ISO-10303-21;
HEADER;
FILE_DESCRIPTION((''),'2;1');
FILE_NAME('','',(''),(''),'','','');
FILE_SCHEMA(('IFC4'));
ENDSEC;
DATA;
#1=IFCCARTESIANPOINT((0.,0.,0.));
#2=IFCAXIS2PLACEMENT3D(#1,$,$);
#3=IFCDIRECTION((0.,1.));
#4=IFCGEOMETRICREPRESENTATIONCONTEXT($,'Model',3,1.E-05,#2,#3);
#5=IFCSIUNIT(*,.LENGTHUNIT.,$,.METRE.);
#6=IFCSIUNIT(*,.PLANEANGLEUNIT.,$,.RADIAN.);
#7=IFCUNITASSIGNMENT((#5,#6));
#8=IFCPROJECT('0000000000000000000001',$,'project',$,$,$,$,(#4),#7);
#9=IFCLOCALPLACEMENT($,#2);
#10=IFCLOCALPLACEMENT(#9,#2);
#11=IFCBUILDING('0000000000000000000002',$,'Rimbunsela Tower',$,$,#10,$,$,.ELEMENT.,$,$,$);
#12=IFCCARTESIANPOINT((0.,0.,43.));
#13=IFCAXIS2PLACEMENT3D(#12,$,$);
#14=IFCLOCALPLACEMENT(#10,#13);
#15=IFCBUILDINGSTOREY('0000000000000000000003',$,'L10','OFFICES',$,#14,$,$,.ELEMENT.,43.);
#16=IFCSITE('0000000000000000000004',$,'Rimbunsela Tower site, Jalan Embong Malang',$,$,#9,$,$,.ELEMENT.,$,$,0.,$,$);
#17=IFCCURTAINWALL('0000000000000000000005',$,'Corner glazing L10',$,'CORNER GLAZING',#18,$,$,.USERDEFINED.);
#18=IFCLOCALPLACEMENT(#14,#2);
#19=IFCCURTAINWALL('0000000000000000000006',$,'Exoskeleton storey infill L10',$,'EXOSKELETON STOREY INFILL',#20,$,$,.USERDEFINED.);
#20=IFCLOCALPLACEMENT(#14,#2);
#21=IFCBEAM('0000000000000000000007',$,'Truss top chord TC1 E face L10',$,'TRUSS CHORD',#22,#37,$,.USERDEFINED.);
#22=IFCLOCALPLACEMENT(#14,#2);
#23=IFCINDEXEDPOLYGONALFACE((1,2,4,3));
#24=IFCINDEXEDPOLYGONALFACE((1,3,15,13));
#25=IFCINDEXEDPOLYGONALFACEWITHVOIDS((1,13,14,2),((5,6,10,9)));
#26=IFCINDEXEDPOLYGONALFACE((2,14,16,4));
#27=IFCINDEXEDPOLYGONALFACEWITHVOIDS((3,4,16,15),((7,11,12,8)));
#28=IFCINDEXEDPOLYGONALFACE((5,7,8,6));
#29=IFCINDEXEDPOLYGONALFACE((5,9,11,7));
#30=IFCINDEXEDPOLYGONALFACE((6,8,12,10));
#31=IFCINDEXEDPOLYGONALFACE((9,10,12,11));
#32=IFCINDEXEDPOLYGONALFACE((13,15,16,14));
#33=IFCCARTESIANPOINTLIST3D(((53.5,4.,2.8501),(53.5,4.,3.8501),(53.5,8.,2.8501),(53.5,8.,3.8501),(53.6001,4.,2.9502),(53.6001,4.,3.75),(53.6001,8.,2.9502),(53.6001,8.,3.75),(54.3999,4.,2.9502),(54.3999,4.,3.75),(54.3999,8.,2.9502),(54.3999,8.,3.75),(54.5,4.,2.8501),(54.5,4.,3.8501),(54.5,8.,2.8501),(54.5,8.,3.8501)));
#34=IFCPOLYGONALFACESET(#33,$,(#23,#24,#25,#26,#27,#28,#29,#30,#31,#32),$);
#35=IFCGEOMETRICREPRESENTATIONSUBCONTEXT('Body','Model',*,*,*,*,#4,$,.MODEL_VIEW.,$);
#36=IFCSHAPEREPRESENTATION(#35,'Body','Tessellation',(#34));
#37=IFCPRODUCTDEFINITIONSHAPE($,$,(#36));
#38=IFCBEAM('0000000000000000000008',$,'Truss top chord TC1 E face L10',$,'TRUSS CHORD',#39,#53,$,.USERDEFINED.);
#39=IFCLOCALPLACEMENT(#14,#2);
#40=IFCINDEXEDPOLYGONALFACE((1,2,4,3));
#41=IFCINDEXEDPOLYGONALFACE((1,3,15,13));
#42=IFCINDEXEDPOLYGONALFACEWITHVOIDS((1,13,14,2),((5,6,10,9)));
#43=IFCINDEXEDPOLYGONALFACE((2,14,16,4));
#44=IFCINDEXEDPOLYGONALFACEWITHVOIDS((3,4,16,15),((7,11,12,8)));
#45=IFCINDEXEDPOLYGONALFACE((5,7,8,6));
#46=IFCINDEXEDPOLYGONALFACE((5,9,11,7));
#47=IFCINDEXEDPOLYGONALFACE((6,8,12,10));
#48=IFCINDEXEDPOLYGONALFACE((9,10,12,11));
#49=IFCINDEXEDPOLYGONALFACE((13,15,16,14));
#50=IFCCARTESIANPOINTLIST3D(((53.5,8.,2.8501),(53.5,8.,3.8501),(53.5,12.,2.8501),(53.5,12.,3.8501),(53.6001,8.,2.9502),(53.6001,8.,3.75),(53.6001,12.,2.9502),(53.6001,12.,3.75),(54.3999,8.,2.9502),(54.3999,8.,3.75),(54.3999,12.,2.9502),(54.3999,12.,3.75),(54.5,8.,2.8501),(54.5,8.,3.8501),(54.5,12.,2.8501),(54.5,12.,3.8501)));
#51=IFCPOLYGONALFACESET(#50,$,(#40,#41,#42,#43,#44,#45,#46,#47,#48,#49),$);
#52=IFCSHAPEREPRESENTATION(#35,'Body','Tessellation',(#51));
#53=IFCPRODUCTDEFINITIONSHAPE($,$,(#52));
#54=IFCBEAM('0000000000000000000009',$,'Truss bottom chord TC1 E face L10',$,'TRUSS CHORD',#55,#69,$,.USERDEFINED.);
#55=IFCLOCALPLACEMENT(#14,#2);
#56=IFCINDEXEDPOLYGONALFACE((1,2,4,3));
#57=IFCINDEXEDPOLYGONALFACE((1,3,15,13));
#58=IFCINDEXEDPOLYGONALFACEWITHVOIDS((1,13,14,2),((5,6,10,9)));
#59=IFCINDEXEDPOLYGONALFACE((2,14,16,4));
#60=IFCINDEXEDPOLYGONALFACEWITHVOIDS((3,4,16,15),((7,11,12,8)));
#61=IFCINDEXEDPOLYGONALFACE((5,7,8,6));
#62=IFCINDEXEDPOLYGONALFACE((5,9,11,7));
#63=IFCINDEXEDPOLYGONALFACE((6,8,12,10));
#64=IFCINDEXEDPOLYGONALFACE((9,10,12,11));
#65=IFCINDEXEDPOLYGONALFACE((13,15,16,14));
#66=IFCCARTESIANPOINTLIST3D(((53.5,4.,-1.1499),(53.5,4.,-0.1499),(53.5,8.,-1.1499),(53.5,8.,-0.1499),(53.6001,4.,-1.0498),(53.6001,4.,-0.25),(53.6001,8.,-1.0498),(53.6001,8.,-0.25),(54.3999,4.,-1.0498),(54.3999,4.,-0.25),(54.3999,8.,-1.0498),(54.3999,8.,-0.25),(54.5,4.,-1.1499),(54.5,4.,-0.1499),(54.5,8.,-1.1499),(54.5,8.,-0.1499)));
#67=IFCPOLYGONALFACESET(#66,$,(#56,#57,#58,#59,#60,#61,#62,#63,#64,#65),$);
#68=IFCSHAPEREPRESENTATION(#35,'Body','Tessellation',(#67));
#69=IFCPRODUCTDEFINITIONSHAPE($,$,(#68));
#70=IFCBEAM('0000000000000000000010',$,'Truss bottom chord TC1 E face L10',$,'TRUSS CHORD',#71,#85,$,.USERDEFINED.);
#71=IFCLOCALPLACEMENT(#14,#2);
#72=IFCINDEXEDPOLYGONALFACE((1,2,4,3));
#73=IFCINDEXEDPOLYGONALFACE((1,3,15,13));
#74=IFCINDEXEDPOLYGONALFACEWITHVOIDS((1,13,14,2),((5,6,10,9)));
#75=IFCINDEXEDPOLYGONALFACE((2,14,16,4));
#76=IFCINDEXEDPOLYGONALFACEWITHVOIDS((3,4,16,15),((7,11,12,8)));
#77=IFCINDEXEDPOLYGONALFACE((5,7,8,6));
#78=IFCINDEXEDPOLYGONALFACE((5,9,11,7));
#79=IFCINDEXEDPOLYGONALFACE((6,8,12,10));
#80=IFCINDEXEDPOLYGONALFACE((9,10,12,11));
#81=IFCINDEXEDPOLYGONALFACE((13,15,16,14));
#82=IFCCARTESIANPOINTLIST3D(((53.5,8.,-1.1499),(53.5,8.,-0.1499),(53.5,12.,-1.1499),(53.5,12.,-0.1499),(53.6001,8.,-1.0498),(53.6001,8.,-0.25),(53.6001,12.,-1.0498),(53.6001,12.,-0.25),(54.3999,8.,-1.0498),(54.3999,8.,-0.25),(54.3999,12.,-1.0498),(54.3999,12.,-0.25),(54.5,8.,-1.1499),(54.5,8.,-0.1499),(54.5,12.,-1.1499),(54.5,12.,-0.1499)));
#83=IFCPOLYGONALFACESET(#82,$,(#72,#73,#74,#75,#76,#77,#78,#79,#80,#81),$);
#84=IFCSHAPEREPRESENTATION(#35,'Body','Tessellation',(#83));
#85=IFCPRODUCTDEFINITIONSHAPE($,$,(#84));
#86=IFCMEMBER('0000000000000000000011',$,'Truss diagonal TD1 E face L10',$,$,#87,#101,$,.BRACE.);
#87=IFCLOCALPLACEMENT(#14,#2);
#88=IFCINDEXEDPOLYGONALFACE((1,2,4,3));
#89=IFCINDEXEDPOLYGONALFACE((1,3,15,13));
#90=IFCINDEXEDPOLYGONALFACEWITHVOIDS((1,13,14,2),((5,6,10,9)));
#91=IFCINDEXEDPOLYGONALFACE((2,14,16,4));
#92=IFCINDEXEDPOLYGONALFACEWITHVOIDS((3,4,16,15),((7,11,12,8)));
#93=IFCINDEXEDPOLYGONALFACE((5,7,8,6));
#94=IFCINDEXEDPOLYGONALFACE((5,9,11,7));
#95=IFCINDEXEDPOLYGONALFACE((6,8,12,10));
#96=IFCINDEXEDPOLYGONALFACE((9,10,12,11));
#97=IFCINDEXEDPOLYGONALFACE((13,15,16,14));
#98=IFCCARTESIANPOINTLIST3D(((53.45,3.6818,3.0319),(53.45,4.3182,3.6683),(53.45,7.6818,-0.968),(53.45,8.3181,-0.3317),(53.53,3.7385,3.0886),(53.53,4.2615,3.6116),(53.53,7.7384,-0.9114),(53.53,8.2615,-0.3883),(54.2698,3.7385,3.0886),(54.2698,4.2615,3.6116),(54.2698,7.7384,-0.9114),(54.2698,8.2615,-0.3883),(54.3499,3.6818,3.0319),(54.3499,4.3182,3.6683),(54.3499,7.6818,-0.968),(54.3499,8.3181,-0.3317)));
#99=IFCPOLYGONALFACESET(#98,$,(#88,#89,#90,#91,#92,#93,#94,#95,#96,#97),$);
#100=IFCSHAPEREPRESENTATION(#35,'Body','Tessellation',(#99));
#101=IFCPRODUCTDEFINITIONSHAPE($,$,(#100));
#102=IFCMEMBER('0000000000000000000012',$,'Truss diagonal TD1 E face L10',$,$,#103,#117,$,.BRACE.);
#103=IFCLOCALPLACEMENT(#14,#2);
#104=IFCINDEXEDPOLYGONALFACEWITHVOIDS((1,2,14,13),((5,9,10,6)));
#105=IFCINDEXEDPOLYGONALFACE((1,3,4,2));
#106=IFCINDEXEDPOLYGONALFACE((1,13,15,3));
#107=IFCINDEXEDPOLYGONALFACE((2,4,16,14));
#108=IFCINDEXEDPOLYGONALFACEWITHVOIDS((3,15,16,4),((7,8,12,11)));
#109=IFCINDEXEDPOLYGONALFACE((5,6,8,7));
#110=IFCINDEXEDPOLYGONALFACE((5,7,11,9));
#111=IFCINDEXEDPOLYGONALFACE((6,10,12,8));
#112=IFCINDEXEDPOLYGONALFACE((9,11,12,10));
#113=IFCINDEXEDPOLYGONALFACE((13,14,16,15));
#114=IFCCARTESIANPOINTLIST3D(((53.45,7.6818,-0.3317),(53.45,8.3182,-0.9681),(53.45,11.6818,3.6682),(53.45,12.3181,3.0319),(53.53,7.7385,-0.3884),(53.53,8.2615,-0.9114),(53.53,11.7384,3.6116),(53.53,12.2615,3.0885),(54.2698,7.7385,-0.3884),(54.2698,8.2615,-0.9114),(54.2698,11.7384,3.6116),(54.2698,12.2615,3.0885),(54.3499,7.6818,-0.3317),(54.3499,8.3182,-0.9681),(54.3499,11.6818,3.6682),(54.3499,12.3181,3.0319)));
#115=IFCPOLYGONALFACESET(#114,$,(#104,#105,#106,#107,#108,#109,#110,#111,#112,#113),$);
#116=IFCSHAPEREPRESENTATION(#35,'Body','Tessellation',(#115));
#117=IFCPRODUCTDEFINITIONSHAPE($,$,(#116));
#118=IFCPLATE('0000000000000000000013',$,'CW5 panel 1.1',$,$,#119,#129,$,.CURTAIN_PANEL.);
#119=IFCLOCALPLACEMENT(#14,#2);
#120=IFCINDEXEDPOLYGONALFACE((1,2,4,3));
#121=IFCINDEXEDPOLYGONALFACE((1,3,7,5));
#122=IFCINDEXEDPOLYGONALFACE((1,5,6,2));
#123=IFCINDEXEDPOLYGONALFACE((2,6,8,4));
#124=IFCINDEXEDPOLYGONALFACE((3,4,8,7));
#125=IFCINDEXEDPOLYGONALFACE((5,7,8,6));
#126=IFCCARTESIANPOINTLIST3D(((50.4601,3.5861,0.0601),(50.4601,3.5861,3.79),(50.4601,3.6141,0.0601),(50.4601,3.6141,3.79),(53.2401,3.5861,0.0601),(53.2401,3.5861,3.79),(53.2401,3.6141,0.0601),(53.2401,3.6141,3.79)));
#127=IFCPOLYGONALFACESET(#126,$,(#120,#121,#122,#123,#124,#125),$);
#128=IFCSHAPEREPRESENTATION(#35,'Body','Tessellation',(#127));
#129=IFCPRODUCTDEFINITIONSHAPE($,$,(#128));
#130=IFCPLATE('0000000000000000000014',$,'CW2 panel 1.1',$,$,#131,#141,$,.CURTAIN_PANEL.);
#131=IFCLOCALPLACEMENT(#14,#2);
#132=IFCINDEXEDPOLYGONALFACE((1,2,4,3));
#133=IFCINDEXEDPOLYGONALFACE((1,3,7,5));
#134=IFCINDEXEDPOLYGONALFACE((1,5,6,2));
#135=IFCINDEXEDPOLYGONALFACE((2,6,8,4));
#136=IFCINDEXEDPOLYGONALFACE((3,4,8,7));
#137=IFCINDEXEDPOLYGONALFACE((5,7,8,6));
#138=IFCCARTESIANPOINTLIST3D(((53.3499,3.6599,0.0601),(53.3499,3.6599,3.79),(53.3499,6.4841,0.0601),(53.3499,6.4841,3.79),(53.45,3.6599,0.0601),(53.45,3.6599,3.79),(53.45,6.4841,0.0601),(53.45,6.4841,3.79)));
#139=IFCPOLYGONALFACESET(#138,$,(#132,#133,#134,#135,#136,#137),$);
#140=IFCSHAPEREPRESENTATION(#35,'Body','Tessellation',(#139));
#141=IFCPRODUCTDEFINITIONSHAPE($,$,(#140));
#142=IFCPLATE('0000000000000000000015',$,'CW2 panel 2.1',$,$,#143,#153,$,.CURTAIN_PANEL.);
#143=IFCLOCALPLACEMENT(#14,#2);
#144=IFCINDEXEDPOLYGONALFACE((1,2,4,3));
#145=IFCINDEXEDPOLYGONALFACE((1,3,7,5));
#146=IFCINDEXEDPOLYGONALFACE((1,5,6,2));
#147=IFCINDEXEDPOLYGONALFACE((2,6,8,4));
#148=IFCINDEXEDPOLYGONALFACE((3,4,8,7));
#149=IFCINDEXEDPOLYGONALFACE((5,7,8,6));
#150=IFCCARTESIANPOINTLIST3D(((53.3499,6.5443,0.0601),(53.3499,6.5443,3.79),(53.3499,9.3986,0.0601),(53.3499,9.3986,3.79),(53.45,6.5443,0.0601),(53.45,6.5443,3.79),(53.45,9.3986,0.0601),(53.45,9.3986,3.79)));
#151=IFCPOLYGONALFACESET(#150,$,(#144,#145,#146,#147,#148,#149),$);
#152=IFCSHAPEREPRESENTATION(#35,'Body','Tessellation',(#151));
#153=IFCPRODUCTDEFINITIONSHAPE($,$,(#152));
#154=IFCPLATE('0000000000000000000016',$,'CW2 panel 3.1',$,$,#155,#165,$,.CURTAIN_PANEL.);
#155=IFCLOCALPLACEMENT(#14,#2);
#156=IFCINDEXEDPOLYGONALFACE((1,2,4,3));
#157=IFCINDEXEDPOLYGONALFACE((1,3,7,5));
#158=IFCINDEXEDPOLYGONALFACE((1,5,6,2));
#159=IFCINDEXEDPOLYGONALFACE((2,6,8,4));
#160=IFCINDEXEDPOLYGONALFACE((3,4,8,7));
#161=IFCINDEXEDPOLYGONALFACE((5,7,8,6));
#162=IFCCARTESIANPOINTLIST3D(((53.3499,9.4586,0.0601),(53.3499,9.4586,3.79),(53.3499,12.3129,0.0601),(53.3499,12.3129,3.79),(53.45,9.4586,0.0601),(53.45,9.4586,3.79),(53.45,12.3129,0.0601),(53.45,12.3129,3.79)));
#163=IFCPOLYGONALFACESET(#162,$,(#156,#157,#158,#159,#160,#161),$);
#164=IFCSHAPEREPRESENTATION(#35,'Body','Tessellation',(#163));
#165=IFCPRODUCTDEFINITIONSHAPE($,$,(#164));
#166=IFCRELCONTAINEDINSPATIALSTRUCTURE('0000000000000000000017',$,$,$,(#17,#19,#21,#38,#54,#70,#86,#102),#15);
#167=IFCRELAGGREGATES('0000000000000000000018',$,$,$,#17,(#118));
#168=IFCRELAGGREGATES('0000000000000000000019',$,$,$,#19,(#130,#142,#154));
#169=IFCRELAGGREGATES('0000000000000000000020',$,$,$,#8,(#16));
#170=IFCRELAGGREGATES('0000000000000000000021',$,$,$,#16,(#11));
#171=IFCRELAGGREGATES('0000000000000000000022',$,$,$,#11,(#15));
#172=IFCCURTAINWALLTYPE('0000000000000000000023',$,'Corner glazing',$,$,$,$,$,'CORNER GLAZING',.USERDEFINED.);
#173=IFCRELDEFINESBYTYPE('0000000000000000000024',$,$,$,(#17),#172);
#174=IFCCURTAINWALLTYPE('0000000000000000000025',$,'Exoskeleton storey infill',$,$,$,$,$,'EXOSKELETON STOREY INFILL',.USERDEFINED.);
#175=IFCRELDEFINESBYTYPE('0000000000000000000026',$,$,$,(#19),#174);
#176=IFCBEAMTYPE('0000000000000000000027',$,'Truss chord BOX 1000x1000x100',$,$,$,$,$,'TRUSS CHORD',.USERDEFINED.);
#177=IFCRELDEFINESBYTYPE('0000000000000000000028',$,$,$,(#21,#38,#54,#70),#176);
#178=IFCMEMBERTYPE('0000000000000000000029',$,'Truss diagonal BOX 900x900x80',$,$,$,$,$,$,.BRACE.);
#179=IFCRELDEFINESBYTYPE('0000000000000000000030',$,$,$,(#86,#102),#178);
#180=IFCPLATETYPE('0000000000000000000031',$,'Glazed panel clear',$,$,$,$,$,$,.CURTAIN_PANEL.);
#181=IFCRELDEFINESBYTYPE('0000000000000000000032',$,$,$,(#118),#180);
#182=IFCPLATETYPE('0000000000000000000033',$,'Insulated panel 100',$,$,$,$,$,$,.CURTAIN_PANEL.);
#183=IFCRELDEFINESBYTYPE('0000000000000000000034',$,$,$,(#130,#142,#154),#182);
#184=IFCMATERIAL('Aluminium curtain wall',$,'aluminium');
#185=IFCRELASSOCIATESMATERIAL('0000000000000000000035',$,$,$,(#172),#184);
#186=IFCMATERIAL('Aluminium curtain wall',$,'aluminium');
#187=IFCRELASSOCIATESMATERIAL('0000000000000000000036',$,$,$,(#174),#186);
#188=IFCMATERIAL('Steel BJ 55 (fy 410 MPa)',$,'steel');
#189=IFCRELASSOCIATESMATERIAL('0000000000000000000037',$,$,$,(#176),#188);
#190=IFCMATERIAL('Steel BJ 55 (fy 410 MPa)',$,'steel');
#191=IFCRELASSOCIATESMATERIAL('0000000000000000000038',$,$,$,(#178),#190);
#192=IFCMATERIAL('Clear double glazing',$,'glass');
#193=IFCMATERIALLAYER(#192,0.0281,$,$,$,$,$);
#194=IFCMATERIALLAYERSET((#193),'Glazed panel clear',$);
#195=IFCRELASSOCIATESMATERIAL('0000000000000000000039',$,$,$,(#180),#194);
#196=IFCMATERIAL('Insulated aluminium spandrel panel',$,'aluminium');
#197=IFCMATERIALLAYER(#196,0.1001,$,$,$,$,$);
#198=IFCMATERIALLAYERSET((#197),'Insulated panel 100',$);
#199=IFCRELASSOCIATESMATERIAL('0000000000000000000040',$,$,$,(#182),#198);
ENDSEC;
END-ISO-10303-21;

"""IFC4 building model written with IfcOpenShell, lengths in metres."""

from ifc_helpers import new_model, si_unit, direction, frame, origin, origin_2d, place, context, subcontext, project, spatial, rectangle, hollow_rectangle, extrude, material, layer, layer_set, material_profile, profile_set, type_object, element, aggregate, save


model = new_model("IFC4")

# Units and contexts
model_context = context("Model", 3, precision=1e-05, world=origin(), true_north=direction((0.0, 1.0)))
body_context = subcontext(model_context, "Body", "Model", "MODEL_VIEW")
ifc_project = project(units=[si_unit("LENGTHUNIT", "METRE"), si_unit("PLANEANGLEUNIT", "RADIAN")], contexts=[model_context])

# Site, building, storey
site_placement = place(None, origin())
site = spatial("IfcSite", under=ifc_project, at=site_placement, Name="Rimbunsela Tower site, Jalan Embong Malang", CompositionType="ELEMENT", RefElevation=0.0)
building_placement = place(site_placement, origin())
building = spatial("IfcBuilding", under=site, at=building_placement, Name="Rimbunsela Tower", CompositionType="ELEMENT")
storey_placement = place(building_placement, frame((0.0, 0.0, 43.0)))
storey = spatial("IfcBuildingStorey", under=building, at=storey_placement, Name="L10", Description="OFFICES", CompositionType="ELEMENT", Elevation=43.0)

# Curtain wall
ifc_material_1 = material(Name="Aluminium curtain wall", Category="aluminium")
curtain_wall_type_1 = type_object("IfcCurtainWallType", Name="Corner glazing", ElementType="CORNER GLAZING", PredefinedType="USERDEFINED", material=ifc_material_1)
curtain_wall_1_placement = place(storey_placement, origin())
curtain_wall_1 = element("IfcCurtainWall", 1, at=curtain_wall_1_placement, inside=storey, type_object=curtain_wall_type_1, Name="Corner glazing L10", ObjectType="CORNER GLAZING", PredefinedType="USERDEFINED")

# Curtain wall
ifc_material_2 = material(Name="Aluminium curtain wall", Category="aluminium")
curtain_wall_type_2 = type_object("IfcCurtainWallType", Name="Exoskeleton storey infill", ElementType="EXOSKELETON STOREY INFILL", PredefinedType="USERDEFINED", material=ifc_material_2)
curtain_wall_2_placement = place(storey_placement, origin())
curtain_wall_2 = element("IfcCurtainWall", 2, at=curtain_wall_2_placement, inside=storey, type_object=curtain_wall_type_2, Name="Exoskeleton storey infill L10", ObjectType="EXOSKELETON STOREY INFILL", PredefinedType="USERDEFINED")

# Beams
ifc_material_3 = material(Name="Steel BJ 55 (fy 410 MPa)", Category="steel")
ifc_material_profile_1 = material_profile(ifc_material_3, hollow_rectangle(XDim=1.0, YDim=1.0, WallThickness=0.1001, at=origin_2d()), Name="BOX 1000x1000x100")
ifc_profile_set_1 = profile_set([ifc_material_profile_1], Name="Steel BJ 55 (fy 410 MPa)")
beam_type = type_object("IfcBeamType", Name="Truss chord BOX 1000x1000x100", ElementType="TRUSS CHORD", PredefinedType="USERDEFINED", material=ifc_profile_set_1)
for number, where, z_axis, x_axis, name in (
    (3, (54.0, 4.0, 3.3501), (0.0, 1.0, 0.0), (-1.0, 0.0, 0.0), "Truss top chord TC1 E face L10"),
    (4, (54.0, 8.0, 3.3501), (0.0, 1.0, 0.0), (-1.0, 0.0, 0.0), "Truss top chord TC1 E face L10"),
    (5, (54.0, 4.0, -0.6499), (0.0, 1.0, 0.0), (-1.0, 0.0, 0.0), "Truss bottom chord TC1 E face L10"),
    (6, (54.0, 8.0, -0.6499), (0.0, 1.0, 0.0), (-1.0, 0.0, 0.0), "Truss bottom chord TC1 E face L10"),
):
    element("IfcBeam", number, at=place(storey_placement, frame(where, z_axis=z_axis, x_axis=x_axis)), inside=storey, type_object=beam_type, Name=name, ObjectType="TRUSS CHORD", PredefinedType="USERDEFINED", context=body_context, shape_type="SweptSolid", body=[
        extrude(hollow_rectangle(XDim=1.0, YDim=1.0, WallThickness=0.1001, at=origin_2d()), origin(), (0.0, 0.0, 1.0), 4.0),
    ])

# Members
ifc_material_4 = material(Name="Steel BJ 55 (fy 410 MPa)", Category="steel")
ifc_material_profile_2 = material_profile(ifc_material_4, hollow_rectangle(XDim=0.8999, YDim=0.8999, WallThickness=0.0801, at=origin_2d()), Name="BOX 900x900x80")
ifc_profile_set_2 = profile_set([ifc_material_profile_2], Name="Steel BJ 55 (fy 410 MPa)")
member_type_1 = type_object("IfcMemberType", Name="Truss diagonal BOX 900x900x80", PredefinedType="BRACE", material=ifc_profile_set_2)
for number, where, z_axis, x_axis, name in (
    (7, (53.8999, 4.0, 3.3501), (0.0, 0.707107, -0.707107), (-1.0, 0.0, 0.0), "Truss diagonal TD1 E face L10"),
    (8, (53.8999, 8.0, -0.6499), (0.0, 0.707107, 0.707107), (-1.0, 0.0, 0.0), "Truss diagonal TD1 E face L10"),
):
    element("IfcMember", number, at=place(storey_placement, frame(where, z_axis=z_axis, x_axis=x_axis)), inside=storey, type_object=member_type_1, Name=name, PredefinedType="BRACE", context=body_context, shape_type="SweptSolid", body=[
        extrude(hollow_rectangle(XDim=0.8999, YDim=0.8999, WallThickness=0.0801, at=origin_2d()), origin(), (0.0, 0.0, 1.0), 5.6567),
    ])

# Plates
ifc_material_5 = material(Name="Clear double glazing", Category="glass")
ifc_layer_1 = layer(ifc_material_5, 0.0281)
ifc_layer_set_1 = layer_set([ifc_layer_1], Name="Glazed panel clear")
plate_type_1 = type_object("IfcPlateType", Name="Glazed panel clear", PredefinedType="CURTAIN_PANEL", material=ifc_layer_set_1)
plate_1_placement = place(storey_placement, frame((51.8501, 3.6001, 0.0601), z_axis=(0.0, 0.0, 1.0), x_axis=(1.0, 0.0, 0.0)))
plate_1 = element("IfcPlate", 9, at=plate_1_placement, type_object=plate_type_1, Name="CW5 panel 1.1", PredefinedType="CURTAIN_PANEL", context=body_context, shape_type="SweptSolid", body=[
    extrude(rectangle(XDim=2.78, YDim=0.0281, at=origin_2d()), origin(), (0.0, 0.0, 1.0), 3.73),
])
aggregate(curtain_wall_1, [plate_1])
ifc_material_6 = material(Name="Insulated aluminium spandrel panel", Category="aluminium")
ifc_layer_2 = layer(ifc_material_6, 0.1001)
ifc_layer_set_2 = layer_set([ifc_layer_2], Name="Insulated panel 100")
plate_type_2 = type_object("IfcPlateType", Name="Insulated panel 100", PredefinedType="CURTAIN_PANEL", material=ifc_layer_set_2)
plate_2_placement = place(storey_placement, frame((53.3999, 5.072, 0.0601), z_axis=(0.0, 0.0, 1.0), x_axis=(0.0, 1.0, 0.0)))
plate_2 = element("IfcPlate", 10, at=plate_2_placement, type_object=plate_type_2, Name="CW2 panel 1.1", PredefinedType="CURTAIN_PANEL", context=body_context, shape_type="SweptSolid", body=[
    extrude(rectangle(XDim=2.8242, YDim=0.1001, at=origin_2d()), origin(), (0.0, 0.0, 1.0), 3.73),
])
plate_3_placement = place(storey_placement, frame((53.3999, 7.9714, 0.0601), z_axis=(0.0, 0.0, 1.0), x_axis=(0.0, 1.0, 0.0)))
plate_3 = element("IfcPlate", 11, at=plate_3_placement, type_object=plate_type_2, Name="CW2 panel 2.1", PredefinedType="CURTAIN_PANEL", context=body_context, shape_type="SweptSolid", body=[
    extrude(rectangle(XDim=2.8542, YDim=0.1001, at=origin_2d()), origin(), (0.0, 0.0, 1.0), 3.73),
])
plate_4_placement = place(storey_placement, frame((53.3999, 10.8857, 0.0601), z_axis=(0.0, 0.0, 1.0), x_axis=(0.0, 1.0, 0.0)))
plate_4 = element("IfcPlate", 12, at=plate_4_placement, type_object=plate_type_2, Name="CW2 panel 3.1", PredefinedType="CURTAIN_PANEL", context=body_context, shape_type="SweptSolid", body=[
    extrude(rectangle(XDim=2.8542, YDim=0.1001, at=origin_2d()), origin(), (0.0, 0.0, 1.0), 3.73),
])
aggregate(curtain_wall_2, [plate_2, plate_3, plate_4])

save(model, "model.ifc")
